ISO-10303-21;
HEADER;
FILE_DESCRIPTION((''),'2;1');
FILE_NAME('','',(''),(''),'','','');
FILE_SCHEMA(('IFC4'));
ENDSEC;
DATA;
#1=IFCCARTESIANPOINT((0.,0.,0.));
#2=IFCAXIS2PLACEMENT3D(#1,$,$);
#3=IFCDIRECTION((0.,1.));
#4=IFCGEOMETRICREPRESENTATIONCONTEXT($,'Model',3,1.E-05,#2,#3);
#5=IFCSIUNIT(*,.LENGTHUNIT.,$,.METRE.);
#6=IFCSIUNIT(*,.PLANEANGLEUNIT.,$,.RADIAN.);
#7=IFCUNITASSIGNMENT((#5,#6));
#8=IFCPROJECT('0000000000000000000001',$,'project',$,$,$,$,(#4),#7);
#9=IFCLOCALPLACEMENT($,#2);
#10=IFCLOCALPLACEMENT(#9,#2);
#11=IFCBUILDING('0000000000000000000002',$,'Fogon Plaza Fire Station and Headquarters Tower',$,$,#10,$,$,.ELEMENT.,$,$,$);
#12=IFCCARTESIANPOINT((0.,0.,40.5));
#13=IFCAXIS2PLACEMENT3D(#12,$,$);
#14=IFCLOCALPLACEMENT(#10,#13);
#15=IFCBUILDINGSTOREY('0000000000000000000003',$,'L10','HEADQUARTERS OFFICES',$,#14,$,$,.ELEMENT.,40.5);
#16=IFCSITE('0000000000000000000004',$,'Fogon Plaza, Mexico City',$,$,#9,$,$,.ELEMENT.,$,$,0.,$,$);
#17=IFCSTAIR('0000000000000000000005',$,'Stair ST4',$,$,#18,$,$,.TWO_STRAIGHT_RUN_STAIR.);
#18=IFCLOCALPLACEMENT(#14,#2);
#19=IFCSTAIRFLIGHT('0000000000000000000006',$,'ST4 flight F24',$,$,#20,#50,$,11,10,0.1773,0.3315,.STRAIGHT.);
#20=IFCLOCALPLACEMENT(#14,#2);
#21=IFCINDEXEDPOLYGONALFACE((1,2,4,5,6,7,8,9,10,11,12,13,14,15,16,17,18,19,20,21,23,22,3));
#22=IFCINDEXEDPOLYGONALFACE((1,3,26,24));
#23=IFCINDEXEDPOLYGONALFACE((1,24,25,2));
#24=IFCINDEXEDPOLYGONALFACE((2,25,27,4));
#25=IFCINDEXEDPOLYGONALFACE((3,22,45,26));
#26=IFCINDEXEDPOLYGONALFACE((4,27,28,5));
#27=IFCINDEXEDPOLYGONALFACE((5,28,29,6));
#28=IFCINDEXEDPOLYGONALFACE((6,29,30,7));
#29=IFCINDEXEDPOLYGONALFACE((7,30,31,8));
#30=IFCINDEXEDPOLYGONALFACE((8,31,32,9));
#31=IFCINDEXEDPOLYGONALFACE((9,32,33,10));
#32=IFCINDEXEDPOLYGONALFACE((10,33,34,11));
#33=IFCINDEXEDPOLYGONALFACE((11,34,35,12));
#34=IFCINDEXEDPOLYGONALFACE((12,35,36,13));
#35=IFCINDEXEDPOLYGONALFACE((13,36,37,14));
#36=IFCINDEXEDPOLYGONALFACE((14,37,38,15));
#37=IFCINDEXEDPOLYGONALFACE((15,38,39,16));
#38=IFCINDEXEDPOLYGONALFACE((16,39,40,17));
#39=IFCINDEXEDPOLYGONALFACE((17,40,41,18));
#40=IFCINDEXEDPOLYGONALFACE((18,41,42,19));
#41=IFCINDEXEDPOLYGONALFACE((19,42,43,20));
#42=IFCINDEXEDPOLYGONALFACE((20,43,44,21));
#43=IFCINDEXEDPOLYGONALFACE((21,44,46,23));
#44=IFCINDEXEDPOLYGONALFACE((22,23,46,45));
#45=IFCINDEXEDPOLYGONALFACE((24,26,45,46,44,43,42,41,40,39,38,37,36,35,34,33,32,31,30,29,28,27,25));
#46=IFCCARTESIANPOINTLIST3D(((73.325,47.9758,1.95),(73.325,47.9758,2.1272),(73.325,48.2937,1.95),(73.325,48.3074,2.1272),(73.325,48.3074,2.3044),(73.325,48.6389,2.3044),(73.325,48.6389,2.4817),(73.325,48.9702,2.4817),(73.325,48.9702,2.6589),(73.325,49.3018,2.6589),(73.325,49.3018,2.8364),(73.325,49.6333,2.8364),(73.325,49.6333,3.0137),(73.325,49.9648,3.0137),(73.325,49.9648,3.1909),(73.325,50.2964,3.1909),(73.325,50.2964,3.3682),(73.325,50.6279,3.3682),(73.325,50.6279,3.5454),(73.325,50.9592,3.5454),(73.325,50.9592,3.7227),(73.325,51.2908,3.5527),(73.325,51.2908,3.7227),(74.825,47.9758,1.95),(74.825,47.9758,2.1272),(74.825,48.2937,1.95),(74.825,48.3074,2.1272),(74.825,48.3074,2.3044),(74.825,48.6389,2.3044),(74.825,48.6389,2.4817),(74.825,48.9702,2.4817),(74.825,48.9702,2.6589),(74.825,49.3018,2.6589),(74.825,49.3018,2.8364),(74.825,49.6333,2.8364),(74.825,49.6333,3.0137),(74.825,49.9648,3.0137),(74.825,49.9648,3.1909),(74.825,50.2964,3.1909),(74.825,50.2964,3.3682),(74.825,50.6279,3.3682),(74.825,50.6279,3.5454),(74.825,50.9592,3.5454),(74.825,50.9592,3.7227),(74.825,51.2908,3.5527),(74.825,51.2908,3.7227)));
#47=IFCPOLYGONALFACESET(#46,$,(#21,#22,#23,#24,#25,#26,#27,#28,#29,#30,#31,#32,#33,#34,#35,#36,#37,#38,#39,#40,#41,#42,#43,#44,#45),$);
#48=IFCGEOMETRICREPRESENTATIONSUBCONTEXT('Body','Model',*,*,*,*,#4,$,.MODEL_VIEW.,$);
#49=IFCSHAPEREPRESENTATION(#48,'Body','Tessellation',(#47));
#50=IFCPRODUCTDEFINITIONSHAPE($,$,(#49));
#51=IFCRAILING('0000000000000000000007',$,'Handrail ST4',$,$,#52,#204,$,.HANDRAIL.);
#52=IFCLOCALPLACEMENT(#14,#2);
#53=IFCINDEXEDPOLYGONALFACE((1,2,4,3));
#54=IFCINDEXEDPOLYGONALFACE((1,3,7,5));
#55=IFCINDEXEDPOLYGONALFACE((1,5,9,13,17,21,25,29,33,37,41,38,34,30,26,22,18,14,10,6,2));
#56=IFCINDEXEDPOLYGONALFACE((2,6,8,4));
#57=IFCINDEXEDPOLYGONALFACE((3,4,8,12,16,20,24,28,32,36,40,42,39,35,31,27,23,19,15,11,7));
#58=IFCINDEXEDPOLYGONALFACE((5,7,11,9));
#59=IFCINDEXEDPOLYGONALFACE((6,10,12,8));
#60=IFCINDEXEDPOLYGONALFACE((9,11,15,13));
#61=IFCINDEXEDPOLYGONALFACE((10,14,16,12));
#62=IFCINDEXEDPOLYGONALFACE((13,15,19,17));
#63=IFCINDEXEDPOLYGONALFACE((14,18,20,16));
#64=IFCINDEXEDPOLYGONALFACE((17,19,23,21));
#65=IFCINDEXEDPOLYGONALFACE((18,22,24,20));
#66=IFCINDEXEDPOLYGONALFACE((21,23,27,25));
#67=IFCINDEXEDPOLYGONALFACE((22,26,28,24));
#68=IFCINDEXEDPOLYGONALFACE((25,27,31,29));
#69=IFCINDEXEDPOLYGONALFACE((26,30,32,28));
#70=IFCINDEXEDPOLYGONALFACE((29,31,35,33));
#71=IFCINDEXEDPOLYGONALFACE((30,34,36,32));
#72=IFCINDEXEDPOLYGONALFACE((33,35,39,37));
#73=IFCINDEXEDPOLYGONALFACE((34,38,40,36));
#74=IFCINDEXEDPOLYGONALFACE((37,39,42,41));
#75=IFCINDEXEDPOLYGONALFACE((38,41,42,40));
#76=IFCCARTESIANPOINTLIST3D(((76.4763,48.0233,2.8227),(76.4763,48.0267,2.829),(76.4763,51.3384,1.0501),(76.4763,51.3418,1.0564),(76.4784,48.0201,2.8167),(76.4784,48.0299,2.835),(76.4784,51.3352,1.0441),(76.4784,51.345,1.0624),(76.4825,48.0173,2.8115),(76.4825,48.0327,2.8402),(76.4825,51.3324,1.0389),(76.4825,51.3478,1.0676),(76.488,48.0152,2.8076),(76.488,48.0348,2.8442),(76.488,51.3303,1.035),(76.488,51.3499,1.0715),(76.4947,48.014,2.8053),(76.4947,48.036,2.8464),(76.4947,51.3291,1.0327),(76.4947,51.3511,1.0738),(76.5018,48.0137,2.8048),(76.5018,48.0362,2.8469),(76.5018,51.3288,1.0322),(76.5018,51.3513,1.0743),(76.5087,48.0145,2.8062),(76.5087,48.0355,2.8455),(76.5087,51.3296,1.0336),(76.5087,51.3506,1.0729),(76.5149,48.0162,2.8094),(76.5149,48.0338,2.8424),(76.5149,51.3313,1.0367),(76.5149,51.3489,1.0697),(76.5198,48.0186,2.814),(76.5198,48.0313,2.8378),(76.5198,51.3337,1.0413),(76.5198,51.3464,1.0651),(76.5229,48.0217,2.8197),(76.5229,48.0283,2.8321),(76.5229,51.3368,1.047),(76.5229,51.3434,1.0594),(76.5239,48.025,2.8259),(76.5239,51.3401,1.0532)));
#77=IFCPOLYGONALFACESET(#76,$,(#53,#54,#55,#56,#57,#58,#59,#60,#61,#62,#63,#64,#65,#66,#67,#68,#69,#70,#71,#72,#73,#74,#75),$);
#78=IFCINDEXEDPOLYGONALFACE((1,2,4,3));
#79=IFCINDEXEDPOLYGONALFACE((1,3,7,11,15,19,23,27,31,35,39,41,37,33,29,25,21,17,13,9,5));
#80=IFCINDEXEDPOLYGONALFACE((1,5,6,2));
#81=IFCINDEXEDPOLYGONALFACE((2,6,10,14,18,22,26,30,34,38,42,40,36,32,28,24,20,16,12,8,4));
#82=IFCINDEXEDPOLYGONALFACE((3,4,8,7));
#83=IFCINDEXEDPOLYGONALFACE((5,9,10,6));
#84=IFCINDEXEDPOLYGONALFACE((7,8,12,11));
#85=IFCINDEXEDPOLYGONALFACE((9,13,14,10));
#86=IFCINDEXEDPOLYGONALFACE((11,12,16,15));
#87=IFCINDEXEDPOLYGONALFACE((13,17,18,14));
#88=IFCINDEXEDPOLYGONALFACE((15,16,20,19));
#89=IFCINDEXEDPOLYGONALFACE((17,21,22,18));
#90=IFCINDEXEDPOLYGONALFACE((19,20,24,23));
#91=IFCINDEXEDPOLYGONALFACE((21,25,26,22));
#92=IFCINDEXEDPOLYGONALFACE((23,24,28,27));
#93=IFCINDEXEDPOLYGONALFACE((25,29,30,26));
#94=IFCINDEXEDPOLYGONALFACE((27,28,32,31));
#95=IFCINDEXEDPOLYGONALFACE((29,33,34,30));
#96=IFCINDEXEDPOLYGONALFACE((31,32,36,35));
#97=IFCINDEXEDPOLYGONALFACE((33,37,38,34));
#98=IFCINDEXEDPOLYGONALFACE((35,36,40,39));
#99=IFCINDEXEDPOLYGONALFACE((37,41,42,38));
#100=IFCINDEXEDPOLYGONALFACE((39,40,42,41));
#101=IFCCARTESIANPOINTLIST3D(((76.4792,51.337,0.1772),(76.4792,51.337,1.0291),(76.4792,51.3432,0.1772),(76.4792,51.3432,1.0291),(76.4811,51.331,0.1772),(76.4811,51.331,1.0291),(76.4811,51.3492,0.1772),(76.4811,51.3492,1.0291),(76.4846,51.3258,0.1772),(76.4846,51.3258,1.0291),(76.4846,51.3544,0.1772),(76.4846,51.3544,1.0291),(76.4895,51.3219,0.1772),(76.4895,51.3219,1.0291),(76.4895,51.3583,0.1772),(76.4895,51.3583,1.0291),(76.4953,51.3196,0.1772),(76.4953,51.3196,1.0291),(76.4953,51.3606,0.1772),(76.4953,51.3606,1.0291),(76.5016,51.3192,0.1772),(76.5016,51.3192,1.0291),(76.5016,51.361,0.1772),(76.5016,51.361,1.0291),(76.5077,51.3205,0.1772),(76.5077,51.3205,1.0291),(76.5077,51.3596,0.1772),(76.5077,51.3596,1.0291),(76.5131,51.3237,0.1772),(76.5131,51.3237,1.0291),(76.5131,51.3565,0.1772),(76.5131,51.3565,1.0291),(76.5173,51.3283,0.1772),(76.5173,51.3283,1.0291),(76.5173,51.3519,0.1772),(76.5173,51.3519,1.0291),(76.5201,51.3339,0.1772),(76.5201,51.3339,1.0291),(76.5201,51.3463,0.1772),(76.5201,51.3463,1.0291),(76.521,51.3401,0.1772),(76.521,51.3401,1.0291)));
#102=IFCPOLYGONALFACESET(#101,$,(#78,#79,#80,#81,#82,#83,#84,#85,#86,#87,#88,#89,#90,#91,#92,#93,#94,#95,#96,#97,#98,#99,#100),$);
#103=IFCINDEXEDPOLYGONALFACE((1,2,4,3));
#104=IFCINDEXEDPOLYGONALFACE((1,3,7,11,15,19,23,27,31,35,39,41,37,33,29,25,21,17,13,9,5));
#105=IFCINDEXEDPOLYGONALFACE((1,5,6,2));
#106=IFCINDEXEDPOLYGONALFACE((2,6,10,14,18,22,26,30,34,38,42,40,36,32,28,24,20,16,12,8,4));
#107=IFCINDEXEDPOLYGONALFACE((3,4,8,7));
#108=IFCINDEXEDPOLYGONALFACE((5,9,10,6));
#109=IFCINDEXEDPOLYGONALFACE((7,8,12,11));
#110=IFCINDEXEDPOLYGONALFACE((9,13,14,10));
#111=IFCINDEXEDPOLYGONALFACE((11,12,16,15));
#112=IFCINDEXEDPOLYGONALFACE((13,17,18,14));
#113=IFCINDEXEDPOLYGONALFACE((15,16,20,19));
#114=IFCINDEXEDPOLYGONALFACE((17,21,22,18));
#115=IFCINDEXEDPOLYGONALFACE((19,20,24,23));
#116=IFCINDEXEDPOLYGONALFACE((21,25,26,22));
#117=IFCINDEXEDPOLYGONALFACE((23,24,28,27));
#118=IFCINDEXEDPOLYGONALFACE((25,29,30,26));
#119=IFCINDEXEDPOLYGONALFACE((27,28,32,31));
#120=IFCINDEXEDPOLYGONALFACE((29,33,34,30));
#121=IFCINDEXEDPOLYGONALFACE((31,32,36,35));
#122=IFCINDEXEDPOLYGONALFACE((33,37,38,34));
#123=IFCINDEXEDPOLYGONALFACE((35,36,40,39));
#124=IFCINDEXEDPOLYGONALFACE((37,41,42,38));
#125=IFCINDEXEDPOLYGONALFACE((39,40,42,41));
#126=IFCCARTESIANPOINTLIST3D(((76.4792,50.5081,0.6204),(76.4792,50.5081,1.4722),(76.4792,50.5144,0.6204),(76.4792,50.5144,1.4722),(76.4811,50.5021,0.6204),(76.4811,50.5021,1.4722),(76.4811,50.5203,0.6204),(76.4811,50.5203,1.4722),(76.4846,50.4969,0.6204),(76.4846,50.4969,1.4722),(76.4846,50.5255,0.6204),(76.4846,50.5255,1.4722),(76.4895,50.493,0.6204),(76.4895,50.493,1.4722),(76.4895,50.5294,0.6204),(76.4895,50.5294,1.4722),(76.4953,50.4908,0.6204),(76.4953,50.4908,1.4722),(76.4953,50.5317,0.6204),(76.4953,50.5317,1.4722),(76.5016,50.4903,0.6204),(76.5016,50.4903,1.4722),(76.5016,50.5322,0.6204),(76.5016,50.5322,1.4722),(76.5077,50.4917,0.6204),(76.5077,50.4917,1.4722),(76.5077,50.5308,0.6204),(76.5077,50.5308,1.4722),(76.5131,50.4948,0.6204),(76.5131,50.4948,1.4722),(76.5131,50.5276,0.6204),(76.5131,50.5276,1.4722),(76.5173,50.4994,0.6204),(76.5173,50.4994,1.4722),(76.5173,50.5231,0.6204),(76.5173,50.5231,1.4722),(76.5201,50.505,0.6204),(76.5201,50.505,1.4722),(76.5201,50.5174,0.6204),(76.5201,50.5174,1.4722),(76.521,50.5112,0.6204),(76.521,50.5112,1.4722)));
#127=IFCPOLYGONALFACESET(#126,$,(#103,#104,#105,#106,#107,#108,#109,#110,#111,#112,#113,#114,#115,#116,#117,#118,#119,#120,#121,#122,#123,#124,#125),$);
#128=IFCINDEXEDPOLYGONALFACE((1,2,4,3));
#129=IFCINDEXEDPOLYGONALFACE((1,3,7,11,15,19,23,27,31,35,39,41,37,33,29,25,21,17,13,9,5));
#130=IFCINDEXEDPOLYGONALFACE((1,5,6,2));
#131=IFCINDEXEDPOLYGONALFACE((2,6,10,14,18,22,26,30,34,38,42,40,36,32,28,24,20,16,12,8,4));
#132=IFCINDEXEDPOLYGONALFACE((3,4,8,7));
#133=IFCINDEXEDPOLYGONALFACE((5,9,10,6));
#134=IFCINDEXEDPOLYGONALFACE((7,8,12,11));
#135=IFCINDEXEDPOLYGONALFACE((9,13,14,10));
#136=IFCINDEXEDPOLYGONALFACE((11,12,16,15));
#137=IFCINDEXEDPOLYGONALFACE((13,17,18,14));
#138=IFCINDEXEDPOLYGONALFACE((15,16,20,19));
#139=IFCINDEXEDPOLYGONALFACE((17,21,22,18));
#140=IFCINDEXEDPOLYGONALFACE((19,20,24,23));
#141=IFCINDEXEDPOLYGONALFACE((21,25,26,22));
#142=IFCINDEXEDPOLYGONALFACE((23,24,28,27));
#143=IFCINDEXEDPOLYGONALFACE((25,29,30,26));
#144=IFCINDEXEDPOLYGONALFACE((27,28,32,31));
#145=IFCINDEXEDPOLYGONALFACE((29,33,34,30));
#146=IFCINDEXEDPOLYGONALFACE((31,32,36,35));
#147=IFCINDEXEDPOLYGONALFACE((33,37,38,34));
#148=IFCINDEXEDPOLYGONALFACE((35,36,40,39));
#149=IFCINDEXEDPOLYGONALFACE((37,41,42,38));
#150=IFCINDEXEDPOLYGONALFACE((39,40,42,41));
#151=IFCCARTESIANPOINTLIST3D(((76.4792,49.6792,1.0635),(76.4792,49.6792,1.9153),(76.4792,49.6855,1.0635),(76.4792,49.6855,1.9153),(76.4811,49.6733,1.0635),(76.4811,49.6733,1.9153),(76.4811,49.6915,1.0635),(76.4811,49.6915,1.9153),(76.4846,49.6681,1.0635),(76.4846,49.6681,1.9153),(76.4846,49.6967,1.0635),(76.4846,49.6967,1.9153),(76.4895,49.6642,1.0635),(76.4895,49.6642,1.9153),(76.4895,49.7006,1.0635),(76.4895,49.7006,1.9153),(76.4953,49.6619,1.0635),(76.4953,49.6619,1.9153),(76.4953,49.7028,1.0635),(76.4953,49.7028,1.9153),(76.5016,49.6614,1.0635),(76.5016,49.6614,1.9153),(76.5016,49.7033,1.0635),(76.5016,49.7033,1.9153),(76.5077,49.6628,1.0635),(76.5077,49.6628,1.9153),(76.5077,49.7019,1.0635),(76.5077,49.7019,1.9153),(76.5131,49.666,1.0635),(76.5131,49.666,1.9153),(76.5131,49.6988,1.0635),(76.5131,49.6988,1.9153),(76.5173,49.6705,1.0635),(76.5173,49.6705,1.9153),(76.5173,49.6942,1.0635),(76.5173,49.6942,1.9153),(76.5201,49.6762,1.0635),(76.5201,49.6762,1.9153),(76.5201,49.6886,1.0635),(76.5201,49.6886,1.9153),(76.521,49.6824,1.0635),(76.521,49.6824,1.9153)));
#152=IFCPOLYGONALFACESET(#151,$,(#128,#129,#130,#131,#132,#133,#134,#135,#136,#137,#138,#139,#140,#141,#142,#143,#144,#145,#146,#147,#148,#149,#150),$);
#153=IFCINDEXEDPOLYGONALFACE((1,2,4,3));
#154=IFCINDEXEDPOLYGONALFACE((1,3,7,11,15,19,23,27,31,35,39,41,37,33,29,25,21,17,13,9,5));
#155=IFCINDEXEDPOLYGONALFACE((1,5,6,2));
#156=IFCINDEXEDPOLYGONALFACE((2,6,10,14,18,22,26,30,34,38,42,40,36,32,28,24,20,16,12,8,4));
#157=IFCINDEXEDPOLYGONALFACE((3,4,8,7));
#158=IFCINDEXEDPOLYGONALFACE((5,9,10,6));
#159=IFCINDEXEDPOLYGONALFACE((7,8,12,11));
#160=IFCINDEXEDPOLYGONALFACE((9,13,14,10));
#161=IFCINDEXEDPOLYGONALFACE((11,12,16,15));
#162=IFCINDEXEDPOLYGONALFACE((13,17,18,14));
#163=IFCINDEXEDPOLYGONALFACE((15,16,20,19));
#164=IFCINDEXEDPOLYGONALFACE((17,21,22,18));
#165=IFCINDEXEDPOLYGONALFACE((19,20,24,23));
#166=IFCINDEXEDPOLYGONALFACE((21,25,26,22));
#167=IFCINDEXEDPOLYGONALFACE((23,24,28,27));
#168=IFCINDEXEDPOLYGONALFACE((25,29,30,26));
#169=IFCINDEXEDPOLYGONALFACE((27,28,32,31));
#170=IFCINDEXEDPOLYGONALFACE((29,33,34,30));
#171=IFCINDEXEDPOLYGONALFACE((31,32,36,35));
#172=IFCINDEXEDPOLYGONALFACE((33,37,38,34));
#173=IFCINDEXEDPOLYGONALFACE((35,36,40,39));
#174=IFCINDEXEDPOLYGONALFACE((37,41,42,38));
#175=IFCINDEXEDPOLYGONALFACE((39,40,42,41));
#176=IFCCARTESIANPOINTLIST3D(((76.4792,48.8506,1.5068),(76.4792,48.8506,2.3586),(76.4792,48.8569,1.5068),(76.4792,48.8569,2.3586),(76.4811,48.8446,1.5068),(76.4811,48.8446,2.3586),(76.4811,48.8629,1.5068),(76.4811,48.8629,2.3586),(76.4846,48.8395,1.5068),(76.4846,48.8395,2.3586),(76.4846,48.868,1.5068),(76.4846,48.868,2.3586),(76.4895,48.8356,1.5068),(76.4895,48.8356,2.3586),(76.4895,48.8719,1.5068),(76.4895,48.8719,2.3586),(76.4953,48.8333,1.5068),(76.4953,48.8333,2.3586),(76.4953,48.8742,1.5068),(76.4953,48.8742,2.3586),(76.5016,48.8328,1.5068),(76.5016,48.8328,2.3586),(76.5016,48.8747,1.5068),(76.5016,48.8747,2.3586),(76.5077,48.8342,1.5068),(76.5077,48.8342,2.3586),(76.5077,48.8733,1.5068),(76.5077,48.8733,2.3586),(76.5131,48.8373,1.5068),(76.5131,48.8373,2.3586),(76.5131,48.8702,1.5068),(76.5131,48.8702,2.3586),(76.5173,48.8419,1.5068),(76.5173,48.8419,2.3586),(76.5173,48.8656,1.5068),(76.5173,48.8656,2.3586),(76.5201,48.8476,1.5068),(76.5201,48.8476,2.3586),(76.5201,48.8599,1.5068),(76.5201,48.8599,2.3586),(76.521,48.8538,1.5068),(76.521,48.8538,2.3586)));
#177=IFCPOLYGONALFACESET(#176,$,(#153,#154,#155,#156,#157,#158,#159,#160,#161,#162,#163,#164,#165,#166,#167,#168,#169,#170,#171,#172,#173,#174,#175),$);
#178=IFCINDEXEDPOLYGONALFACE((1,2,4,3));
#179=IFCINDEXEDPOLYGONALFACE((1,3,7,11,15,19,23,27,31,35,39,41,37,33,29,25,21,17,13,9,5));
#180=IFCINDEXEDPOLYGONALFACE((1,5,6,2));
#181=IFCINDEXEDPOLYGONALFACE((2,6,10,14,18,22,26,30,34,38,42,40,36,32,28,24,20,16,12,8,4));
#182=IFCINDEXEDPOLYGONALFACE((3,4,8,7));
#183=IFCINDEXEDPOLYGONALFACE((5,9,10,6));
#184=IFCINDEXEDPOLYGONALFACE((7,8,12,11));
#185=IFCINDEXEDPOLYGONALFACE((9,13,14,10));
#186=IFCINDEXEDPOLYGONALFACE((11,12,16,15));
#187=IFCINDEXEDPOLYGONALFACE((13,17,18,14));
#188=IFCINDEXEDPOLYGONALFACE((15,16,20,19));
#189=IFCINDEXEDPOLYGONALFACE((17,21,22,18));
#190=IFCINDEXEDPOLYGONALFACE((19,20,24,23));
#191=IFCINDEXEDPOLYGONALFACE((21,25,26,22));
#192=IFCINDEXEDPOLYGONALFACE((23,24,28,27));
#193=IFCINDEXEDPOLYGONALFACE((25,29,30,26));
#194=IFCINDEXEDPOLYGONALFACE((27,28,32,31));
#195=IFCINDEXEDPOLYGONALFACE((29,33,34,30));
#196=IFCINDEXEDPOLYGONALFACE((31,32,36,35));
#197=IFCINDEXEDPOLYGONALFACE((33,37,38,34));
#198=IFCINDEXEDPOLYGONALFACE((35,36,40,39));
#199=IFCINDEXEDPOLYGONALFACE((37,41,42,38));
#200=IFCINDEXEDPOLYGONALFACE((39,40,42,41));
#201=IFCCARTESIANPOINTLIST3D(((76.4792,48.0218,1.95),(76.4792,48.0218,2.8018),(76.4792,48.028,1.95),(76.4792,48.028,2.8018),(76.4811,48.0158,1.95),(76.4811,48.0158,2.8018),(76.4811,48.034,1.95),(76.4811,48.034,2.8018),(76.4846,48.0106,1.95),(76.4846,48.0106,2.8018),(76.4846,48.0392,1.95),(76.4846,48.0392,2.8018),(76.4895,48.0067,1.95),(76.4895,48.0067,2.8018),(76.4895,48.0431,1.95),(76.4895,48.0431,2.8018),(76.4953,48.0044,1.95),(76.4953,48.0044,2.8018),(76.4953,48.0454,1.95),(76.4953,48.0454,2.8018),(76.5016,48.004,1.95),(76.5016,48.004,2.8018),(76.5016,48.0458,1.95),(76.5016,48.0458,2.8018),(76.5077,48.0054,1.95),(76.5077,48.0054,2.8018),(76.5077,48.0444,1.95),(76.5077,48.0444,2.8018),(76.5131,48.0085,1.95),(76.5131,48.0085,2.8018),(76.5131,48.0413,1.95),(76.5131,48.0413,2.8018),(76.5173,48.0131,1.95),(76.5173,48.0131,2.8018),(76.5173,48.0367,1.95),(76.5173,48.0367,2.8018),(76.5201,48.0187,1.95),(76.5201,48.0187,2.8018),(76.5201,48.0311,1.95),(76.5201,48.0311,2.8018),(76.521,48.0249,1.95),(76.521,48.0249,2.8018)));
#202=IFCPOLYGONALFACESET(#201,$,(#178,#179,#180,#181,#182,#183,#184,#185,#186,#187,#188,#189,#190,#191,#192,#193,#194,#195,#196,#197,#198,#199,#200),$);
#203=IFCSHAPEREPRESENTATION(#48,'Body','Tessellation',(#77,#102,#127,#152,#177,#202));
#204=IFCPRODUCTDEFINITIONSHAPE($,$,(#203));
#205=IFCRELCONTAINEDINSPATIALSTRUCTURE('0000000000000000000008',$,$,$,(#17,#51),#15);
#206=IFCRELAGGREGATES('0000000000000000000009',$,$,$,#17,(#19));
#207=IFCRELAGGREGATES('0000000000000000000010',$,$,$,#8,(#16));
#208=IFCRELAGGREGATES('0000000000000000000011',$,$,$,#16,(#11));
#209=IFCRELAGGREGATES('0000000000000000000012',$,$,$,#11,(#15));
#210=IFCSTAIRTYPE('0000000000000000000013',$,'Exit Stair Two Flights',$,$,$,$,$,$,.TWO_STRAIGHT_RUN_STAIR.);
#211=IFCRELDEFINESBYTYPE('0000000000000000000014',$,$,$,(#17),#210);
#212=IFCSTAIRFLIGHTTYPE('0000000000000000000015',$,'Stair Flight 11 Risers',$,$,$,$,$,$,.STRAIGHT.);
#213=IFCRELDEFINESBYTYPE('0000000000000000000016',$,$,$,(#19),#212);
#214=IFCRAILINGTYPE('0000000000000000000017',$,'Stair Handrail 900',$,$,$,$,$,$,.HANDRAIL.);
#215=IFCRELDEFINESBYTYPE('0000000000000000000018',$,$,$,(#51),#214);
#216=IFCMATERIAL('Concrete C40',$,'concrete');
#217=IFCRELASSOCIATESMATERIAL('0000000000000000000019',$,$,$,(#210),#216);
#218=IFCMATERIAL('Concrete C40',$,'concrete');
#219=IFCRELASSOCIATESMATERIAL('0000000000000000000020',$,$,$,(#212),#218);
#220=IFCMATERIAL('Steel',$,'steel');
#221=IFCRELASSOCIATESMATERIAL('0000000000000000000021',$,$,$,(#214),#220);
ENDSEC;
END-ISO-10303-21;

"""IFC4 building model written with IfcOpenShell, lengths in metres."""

from ifc_helpers import new_model, si_unit, direction, frame, origin, origin_2d, place, context, subcontext, project, spatial, polyline, circle, outline, extrude, material, type_object, element, aggregate, save


model = new_model("IFC4")

# Units and contexts
model_context = context("Model", 3, precision=1e-05, world=origin(), true_north=direction((0.0, 1.0)))
body_context = subcontext(model_context, "Body", "Model", "MODEL_VIEW")
ifc_project = project(units=[si_unit("LENGTHUNIT", "METRE"), si_unit("PLANEANGLEUNIT", "RADIAN")], contexts=[model_context])

# Site, building, storey
site_placement = place(None, origin())
site = spatial("IfcSite", under=ifc_project, at=site_placement, Name="Fogon Plaza, Mexico City", CompositionType="ELEMENT", RefElevation=0.0)
building_placement = place(site_placement, origin())
building = spatial("IfcBuilding", under=site, at=building_placement, Name="Fogon Plaza Fire Station and Headquarters Tower", CompositionType="ELEMENT")
storey_placement = place(building_placement, frame((0.0, 0.0, 40.5)))
storey = spatial("IfcBuildingStorey", under=building, at=storey_placement, Name="L10", Description="HEADQUARTERS OFFICES", CompositionType="ELEMENT", Elevation=40.5)

# Stair, stair flight
ifc_material_1 = material(Name="Concrete C40", Category="concrete")
stair_type = type_object("IfcStairType", Name="Exit Stair Two Flights", PredefinedType="TWO_STRAIGHT_RUN_STAIR", material=ifc_material_1)
stair_placement = place(storey_placement, origin())
stair = element("IfcStair", 1, at=stair_placement, inside=storey, type_object=stair_type, Name="Stair ST4", PredefinedType="TWO_STRAIGHT_RUN_STAIR")
ifc_material_2 = material(Name="Concrete C40", Category="concrete")
stair_flight_type = type_object("IfcStairFlightType", Name="Stair Flight 11 Risers", PredefinedType="STRAIGHT", material=ifc_material_2)
stair_flight_1_placement = place(storey_placement, frame((74.075, 47.9758, 1.95), z_axis=(0.0, 0.0, 1.0), x_axis=(0.0, 1.0, 0.0)))
stair_flight_1 = element("IfcStairFlight", 2, at=stair_flight_1_placement, type_object=stair_flight_type, Name="ST4 flight F24", NumberOfRisers=11, NumberOfTreads=10, PredefinedType="STRAIGHT", RiserHeight=0.1773, TreadLength=0.3315, context=body_context, shape_type="SweptSolid", body=[
    extrude(outline(polyline([(0.0, 0.0), (0.0, 0.1772), (0.3315, 0.1772), (0.3315, 0.3545), (0.6631, 0.3545), (0.6631, 0.5317), (0.9944, 0.5317), (0.9944, 0.709), (1.3259, 0.709), (1.3259, 0.8865), (1.6575, 0.8865), (1.6575, 1.0637), (1.989, 1.0637), (1.989, 1.241), (2.3206, 1.241), (2.3206, 1.4182), (2.6521, 1.4182), (2.6521, 1.5955), (2.9834, 1.5955), (2.9834, 1.7727), (3.3149, 1.7727), (3.3149, 1.95), (3.3149, 1.6028), (0.3179, 0.0), (0.0, 0.0)])), frame((0.0, 0.75, 0.0), z_axis=(0.0, -1.0, 0.0), x_axis=(1.0, 0.0, 0.0)), (0.0, 0.0, 1.0), 1.5),
])
aggregate(stair, [stair_flight_1])

# Railing
ifc_material_3 = material(Name="Steel", Category="steel")
railing_type = type_object("IfcRailingType", Name="Stair Handrail 900", PredefinedType="HANDRAIL", material=ifc_material_3)
for number, where, name in (
    (3, (76.5, 51.3401, 0.1772), "Handrail ST4"),
):
    element("IfcRailing", number, at=place(storey_placement, frame(where)), inside=storey, type_object=railing_type, Name=name, PredefinedType="HANDRAIL", context=body_context, shape_type="SweptSolid", body=[
        extrude(circle(Radius=0.0239, at=origin_2d()), frame((0.0, 0.0, 0.876), z_axis=(0.0, -0.881844, 0.471542), x_axis=(1.0, 0.0, 0.0)), (0.0, 0.0, 1.0), 3.7593),
        extrude(circle(Radius=0.021, at=origin_2d()), origin(), (0.0, 0.0, 1.0), 0.8518),
        extrude(circle(Radius=0.021, at=origin_2d()), frame((0.0, -0.8289, 0.4431)), (0.0, 0.0, 1.0), 0.8518),
        extrude(circle(Radius=0.021, at=origin_2d()), frame((0.0, -1.6577, 0.8862)), (0.0, 0.0, 1.0), 0.8518),
        extrude(circle(Radius=0.021, at=origin_2d()), frame((0.0, -2.4863, 1.3296)), (0.0, 0.0, 1.0), 0.8518),
        extrude(circle(Radius=0.021, at=origin_2d()), frame((0.0, -3.3152, 1.7727)), (0.0, 0.0, 1.0), 0.8518),
    ])

save(model, "model.ifc")
